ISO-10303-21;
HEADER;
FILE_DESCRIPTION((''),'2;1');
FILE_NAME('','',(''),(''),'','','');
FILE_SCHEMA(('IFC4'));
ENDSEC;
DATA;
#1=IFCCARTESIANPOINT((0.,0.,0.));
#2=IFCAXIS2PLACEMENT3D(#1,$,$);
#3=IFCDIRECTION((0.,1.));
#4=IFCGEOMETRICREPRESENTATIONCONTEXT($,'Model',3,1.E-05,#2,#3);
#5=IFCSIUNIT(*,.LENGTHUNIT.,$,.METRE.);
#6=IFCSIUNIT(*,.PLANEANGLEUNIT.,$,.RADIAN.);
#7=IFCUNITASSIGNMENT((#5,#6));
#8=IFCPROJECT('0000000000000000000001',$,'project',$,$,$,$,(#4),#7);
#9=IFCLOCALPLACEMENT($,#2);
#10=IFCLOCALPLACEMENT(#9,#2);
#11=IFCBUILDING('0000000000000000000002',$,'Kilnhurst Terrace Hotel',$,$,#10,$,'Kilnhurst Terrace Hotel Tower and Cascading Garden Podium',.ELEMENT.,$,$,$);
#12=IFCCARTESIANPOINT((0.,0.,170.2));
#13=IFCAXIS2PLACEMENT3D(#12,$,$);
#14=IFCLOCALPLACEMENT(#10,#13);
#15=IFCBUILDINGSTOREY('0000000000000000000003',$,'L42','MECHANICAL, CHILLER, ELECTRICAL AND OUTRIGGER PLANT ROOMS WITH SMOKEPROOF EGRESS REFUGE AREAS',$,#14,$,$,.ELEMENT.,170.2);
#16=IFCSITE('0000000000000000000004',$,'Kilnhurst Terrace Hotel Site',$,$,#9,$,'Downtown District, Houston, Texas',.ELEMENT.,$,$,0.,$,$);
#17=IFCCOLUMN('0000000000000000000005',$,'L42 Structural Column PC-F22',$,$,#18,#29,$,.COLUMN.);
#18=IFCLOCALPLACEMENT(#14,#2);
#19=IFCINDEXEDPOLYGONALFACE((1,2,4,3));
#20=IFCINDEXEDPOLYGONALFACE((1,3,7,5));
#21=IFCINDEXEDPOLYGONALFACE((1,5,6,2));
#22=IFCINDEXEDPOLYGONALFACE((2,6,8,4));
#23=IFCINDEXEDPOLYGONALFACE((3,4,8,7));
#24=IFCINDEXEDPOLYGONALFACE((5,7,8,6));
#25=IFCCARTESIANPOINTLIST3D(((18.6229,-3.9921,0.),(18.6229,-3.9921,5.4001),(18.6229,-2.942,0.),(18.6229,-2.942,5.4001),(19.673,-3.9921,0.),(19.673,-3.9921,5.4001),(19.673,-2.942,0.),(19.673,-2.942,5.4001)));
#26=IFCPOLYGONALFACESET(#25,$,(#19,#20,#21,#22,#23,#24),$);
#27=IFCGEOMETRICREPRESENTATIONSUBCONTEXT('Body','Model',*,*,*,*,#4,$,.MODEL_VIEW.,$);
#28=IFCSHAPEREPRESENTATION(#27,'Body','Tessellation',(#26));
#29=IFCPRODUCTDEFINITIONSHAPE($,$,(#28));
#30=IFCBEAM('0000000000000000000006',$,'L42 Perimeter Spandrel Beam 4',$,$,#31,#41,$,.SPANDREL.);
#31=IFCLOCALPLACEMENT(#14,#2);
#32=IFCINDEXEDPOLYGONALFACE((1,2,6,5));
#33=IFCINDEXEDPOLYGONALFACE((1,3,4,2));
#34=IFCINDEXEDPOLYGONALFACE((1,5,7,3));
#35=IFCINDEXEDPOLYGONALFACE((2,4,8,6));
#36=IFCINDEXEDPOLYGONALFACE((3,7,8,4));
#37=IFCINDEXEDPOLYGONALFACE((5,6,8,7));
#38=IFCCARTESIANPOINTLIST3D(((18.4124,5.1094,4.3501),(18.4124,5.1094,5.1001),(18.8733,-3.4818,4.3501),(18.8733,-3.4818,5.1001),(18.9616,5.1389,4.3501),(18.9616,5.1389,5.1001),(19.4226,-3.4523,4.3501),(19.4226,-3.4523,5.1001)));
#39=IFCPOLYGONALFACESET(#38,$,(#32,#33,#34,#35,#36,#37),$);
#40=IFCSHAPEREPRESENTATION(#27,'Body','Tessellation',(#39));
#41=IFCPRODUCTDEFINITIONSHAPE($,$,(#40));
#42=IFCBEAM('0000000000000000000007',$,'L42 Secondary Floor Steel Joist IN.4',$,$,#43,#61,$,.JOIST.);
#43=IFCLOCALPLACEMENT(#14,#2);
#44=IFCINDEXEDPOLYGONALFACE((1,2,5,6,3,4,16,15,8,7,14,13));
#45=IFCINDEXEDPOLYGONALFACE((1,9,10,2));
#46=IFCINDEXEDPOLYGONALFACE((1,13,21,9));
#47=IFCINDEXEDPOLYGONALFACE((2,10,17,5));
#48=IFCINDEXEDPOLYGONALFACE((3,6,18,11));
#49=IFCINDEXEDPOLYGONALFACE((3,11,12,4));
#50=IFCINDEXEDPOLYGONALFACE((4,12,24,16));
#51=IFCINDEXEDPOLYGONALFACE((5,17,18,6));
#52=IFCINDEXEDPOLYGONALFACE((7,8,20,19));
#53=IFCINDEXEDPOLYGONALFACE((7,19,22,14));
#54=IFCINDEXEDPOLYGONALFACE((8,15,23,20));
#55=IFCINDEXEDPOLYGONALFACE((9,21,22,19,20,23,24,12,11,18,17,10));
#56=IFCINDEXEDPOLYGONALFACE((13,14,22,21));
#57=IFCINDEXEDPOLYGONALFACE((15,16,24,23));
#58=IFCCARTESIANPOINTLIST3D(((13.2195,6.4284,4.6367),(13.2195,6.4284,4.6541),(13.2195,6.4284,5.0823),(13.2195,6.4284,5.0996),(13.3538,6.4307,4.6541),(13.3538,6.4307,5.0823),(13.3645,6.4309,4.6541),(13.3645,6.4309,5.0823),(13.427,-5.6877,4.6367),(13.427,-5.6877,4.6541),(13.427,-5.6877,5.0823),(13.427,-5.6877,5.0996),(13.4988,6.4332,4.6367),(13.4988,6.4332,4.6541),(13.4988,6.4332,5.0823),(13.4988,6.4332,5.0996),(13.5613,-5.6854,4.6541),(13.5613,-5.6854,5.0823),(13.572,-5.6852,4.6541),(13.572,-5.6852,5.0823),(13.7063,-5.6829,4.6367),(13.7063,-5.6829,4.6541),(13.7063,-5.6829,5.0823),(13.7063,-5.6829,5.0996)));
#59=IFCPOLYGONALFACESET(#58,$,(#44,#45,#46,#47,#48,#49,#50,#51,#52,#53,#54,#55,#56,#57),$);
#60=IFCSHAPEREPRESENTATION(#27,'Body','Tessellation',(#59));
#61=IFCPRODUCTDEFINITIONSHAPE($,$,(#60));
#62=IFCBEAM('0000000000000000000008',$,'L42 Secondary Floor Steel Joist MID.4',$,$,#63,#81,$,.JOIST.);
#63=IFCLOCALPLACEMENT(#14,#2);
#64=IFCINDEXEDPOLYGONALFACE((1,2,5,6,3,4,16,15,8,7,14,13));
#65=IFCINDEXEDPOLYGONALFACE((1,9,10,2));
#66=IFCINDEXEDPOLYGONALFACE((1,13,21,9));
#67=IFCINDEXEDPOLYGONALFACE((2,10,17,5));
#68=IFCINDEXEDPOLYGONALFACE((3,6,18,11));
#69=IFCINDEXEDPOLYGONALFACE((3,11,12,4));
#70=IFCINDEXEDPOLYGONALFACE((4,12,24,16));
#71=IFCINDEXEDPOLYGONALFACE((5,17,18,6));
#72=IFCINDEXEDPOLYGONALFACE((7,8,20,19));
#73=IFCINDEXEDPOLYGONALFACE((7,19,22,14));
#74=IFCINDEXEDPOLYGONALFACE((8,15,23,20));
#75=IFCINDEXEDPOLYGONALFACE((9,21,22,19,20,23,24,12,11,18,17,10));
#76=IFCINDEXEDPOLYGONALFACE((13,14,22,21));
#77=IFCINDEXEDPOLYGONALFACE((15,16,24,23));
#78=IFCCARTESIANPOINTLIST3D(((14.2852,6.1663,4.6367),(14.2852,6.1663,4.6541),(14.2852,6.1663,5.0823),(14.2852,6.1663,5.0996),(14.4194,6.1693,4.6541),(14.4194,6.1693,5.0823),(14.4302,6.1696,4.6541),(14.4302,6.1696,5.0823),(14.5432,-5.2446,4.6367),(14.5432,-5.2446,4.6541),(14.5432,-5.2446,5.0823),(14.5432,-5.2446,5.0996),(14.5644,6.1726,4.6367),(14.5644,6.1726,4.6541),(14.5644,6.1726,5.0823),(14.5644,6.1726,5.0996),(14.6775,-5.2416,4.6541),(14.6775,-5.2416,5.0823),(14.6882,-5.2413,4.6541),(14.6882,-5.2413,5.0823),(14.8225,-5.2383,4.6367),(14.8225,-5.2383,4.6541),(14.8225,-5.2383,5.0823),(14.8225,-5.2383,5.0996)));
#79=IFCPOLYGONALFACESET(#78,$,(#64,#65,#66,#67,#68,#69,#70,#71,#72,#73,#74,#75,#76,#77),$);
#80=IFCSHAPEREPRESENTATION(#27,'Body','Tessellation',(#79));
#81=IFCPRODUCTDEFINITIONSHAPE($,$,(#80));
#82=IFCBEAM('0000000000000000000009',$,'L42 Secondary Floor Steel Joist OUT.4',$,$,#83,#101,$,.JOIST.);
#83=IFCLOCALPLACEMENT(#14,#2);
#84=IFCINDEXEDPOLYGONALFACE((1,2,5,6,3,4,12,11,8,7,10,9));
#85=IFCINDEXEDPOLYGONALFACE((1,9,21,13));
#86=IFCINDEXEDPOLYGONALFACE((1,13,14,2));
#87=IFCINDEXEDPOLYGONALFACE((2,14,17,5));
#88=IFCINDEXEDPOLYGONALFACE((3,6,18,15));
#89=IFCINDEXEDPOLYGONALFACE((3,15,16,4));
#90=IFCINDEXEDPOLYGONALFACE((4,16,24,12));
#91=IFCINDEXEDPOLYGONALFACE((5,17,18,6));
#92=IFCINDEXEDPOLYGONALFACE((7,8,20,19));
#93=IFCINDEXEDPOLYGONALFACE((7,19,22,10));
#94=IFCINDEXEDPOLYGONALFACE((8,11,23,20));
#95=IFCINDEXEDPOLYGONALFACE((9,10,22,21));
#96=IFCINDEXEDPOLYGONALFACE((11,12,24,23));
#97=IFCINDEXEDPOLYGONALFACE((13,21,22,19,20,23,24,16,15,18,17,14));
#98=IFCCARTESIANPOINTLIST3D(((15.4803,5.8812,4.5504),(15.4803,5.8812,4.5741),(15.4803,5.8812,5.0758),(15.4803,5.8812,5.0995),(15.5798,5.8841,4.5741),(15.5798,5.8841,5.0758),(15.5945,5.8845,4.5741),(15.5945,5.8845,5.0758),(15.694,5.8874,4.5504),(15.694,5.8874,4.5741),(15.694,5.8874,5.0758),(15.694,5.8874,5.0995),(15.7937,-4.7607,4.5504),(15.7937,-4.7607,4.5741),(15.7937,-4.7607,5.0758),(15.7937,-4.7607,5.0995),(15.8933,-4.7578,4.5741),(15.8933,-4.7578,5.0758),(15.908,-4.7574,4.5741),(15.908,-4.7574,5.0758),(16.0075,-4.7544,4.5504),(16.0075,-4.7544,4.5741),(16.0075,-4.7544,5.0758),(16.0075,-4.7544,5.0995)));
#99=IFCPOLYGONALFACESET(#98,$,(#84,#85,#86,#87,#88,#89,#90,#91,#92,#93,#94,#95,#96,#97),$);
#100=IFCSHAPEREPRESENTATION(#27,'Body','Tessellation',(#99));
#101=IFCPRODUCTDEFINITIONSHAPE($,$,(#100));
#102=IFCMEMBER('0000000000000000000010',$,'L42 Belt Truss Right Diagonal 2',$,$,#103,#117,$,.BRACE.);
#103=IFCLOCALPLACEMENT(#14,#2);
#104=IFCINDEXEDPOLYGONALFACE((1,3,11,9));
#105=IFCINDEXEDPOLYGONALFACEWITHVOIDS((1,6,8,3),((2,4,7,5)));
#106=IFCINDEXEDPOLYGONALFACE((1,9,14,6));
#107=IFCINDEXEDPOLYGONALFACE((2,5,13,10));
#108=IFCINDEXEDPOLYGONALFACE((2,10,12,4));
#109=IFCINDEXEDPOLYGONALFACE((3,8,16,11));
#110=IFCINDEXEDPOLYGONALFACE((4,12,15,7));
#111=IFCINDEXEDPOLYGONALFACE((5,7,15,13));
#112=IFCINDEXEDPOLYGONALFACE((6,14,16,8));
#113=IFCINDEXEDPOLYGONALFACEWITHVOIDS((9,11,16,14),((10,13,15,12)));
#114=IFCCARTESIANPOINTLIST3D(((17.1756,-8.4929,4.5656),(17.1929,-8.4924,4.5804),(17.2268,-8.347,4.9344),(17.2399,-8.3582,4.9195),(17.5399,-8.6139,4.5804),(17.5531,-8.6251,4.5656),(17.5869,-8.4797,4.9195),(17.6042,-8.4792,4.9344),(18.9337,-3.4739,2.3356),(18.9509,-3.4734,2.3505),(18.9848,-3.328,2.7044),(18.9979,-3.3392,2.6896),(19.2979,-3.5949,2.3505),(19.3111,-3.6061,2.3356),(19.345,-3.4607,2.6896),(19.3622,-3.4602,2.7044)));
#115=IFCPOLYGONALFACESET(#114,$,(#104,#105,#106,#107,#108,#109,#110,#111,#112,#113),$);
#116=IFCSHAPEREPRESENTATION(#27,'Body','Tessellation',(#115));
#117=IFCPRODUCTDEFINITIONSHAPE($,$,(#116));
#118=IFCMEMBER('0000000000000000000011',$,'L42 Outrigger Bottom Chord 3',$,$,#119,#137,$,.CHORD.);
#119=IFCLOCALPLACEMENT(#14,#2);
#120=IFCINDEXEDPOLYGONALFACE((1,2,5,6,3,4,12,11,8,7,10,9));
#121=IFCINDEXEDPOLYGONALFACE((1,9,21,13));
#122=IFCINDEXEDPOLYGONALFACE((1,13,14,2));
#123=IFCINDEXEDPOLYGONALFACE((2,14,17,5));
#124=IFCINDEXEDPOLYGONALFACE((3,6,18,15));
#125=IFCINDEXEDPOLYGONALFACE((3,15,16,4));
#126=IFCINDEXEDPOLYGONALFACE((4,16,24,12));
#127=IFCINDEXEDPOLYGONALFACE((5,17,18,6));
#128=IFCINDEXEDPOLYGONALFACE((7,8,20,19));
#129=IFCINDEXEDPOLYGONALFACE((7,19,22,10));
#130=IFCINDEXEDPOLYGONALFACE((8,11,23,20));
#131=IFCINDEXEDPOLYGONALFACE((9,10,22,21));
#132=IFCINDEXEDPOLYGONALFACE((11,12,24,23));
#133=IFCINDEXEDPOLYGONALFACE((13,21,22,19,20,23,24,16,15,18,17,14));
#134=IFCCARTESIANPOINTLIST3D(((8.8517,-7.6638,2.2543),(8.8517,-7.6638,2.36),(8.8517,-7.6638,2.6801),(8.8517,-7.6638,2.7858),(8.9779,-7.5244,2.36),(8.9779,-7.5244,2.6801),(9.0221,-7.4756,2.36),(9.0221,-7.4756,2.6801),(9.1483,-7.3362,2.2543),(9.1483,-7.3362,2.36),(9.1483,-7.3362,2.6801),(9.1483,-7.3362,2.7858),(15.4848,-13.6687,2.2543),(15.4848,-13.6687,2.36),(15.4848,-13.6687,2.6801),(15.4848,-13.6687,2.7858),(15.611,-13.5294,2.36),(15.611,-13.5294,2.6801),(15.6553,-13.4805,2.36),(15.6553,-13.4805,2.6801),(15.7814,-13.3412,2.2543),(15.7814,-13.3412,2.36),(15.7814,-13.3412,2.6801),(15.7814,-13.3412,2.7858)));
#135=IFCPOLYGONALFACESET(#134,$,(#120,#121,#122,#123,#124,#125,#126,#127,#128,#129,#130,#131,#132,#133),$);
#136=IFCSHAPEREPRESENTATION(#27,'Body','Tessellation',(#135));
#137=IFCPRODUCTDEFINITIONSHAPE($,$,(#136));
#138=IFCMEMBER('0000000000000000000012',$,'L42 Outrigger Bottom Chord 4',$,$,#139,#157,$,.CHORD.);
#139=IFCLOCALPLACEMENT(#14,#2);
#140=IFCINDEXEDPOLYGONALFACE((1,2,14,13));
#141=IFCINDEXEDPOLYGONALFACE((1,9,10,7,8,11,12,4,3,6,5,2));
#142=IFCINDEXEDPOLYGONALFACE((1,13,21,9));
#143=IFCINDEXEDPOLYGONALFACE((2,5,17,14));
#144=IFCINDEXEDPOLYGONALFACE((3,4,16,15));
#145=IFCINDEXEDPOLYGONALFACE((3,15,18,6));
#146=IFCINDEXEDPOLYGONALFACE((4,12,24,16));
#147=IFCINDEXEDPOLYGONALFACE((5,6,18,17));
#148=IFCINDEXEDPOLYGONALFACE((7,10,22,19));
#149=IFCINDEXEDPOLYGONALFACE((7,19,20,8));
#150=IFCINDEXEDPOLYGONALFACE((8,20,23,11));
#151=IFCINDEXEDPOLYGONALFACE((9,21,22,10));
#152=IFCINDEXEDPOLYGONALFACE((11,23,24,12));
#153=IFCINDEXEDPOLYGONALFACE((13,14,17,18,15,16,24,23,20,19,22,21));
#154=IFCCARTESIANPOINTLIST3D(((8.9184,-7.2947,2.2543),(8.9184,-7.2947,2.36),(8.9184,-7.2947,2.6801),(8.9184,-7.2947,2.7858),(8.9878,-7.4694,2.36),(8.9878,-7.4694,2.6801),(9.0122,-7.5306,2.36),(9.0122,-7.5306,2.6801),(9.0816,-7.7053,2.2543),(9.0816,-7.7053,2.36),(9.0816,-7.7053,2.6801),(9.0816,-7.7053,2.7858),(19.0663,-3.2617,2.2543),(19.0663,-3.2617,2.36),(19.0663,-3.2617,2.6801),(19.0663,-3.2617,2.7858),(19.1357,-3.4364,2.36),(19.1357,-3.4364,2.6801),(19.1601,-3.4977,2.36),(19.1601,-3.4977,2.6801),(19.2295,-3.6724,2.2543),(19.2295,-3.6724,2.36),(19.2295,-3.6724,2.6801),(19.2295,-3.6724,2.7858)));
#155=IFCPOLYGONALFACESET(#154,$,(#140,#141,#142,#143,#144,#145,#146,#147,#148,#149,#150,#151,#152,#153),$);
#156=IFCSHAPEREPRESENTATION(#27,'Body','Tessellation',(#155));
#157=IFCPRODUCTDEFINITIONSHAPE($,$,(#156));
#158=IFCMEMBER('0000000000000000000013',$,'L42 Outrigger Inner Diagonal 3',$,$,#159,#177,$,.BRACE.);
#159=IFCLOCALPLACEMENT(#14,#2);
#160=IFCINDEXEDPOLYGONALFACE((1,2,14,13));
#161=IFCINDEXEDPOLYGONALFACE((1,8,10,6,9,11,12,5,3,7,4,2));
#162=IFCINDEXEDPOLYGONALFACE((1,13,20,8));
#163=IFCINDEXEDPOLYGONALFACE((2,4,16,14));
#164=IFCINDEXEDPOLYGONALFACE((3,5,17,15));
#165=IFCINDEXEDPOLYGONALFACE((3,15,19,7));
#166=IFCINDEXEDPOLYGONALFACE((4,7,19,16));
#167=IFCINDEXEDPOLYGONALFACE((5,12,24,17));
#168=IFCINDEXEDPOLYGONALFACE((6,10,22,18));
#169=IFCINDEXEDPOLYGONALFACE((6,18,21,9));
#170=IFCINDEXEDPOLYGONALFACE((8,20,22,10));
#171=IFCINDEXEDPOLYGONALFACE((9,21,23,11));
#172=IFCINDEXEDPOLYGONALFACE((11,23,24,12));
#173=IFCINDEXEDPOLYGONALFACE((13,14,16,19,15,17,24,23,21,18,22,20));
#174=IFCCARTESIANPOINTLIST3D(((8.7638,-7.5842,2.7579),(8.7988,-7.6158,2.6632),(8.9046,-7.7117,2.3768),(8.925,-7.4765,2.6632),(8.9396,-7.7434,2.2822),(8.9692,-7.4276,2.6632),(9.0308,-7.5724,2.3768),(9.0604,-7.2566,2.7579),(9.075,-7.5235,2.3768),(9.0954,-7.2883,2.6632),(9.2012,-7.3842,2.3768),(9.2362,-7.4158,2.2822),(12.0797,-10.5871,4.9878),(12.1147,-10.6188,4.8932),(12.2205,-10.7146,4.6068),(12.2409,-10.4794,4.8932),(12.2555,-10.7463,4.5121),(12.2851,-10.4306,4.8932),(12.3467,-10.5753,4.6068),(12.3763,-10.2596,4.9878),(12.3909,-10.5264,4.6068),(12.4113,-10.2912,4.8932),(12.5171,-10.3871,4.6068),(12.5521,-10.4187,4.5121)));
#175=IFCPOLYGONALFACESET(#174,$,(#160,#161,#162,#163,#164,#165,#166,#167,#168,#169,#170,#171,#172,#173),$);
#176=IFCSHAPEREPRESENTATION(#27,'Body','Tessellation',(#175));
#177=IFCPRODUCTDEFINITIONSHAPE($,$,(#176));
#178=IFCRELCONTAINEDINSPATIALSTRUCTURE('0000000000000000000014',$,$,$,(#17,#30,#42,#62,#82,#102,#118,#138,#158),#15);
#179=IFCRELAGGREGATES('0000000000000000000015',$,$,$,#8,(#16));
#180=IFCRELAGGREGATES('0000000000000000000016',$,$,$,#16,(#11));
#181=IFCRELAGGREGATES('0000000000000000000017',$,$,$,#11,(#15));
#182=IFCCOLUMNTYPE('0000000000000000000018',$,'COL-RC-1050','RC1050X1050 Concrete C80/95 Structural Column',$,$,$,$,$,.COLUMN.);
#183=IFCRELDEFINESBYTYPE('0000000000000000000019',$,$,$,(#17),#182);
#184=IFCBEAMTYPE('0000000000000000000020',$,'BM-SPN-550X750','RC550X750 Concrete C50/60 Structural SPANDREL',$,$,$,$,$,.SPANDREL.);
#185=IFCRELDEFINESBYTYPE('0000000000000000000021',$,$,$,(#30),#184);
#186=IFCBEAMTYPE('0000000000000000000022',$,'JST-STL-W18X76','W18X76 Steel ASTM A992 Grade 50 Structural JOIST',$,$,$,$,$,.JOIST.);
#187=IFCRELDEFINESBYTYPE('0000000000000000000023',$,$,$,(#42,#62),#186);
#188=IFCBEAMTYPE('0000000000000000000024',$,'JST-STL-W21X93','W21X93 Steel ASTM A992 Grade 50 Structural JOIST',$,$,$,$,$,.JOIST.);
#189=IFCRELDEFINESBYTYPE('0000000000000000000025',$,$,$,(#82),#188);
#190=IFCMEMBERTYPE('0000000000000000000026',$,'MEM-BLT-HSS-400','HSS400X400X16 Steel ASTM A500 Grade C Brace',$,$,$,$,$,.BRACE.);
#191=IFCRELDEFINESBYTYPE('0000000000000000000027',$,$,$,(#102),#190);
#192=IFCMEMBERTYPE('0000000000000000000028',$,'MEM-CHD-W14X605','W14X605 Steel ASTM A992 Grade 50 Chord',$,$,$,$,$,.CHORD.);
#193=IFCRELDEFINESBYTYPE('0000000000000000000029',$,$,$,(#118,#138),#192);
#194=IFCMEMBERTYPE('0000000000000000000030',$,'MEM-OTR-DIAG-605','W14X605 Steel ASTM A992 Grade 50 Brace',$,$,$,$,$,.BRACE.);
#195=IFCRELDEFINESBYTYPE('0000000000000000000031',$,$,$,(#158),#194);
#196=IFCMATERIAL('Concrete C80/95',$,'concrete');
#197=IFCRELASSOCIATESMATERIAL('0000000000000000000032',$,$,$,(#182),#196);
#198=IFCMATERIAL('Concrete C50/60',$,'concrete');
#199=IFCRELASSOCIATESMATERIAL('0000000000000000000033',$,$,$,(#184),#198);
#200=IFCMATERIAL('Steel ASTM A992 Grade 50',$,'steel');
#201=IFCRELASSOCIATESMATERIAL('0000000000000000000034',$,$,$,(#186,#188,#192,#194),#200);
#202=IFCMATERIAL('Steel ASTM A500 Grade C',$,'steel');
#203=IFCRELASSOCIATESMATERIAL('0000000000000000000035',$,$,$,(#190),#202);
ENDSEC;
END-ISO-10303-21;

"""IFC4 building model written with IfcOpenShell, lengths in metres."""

from ifc_helpers import new_model, si_unit, direction, frame, origin, origin_2d, place, context, subcontext, project, spatial, rectangle, hollow_rectangle, i_section, extrude, material, material_profile, profile_set, type_object, element, save


model = new_model("IFC4")

# Units and contexts
model_context = context("Model", 3, precision=1e-05, world=origin(), true_north=direction((0.0, 1.0)))
body_context = subcontext(model_context, "Body", "Model", "MODEL_VIEW")
ifc_project = project(units=[si_unit("LENGTHUNIT", "METRE"), si_unit("PLANEANGLEUNIT", "RADIAN")], contexts=[model_context])

# Site, building, storey
site_placement = place(None, origin())
site = spatial("IfcSite", under=ifc_project, at=site_placement, Name="Kilnhurst Terrace Hotel Site", LongName="Downtown District, Houston, Texas", CompositionType="ELEMENT", RefElevation=0.0)
building_placement = place(site_placement, origin())
building = spatial("IfcBuilding", under=site, at=building_placement, Name="Kilnhurst Terrace Hotel", LongName="Kilnhurst Terrace Hotel Tower and Cascading Garden Podium", CompositionType="ELEMENT")
storey_placement = place(building_placement, frame((0.0, 0.0, 170.2)))
storey = spatial("IfcBuildingStorey", under=building, at=storey_placement, Name="L42", Description="MECHANICAL, CHILLER, ELECTRICAL AND OUTRIGGER PLANT ROOMS WITH SMOKEPROOF EGRESS REFUGE AREAS", CompositionType="ELEMENT", Elevation=170.2)

# Column
ifc_material_1 = material(Name="Concrete C80/95", Category="concrete")
ifc_material_profile_1 = material_profile(ifc_material_1, rectangle(XDim=1.05, YDim=1.05, at=origin_2d()), Name="RC1050X1050")
ifc_profile_set_1 = profile_set([ifc_material_profile_1], Name="Concrete C80/95")
column_type = type_object("IfcColumnType", Name="COL-RC-1050", Description="RC1050X1050 Concrete C80/95 Structural Column", PredefinedType="COLUMN", material=ifc_profile_set_1)
column_placement = place(storey_placement, frame((19.1479, -3.467, 0.0), z_axis=(0.0, 0.0, 1.0), x_axis=(1.0, 0.0, 0.0)))
element("IfcColumn", 1, at=column_placement, inside=storey, type_object=column_type, Name="L42 Structural Column PC-F22", PredefinedType="COLUMN", context=body_context, shape_type="SweptSolid", body=[
    extrude(rectangle(XDim=1.05, YDim=1.05, at=origin_2d()), origin(), (0.0, 0.0, 1.0), 5.4001),
])

# Beams
ifc_material_2 = material(Name="Concrete C50/60", Category="concrete")
ifc_material_profile_2 = material_profile(ifc_material_2, rectangle(XDim=0.55, YDim=0.75, at=origin_2d()), Name="RC550X750")
ifc_profile_set_2 = profile_set([ifc_material_profile_2], Name="Concrete C50/60")
beam_type_1 = type_object("IfcBeamType", Name="BM-SPN-550X750", Description="RC550X750 Concrete C50/60 Structural SPANDREL", PredefinedType="SPANDREL", material=ifc_profile_set_2)
beam_1_placement = place(storey_placement, frame((19.1479, -3.467, 4.7251), z_axis=(-0.053576, 0.998564, 0.0), x_axis=(-0.998564, -0.053576, 0.0)))
element("IfcBeam", 2, at=beam_1_placement, inside=storey, type_object=beam_type_1, Name="L42 Perimeter Spandrel Beam 4", PredefinedType="SPANDREL", context=body_context, shape_type="SweptSolid", body=[
    extrude(rectangle(XDim=0.55, YDim=0.75, at=origin_2d()), origin(), (0.0, 0.0, 1.0), 8.6035),
])
ifc_material_3 = material(Name="Steel ASTM A992 Grade 50", Category="steel")
ifc_material_profile_3 = material_profile(ifc_material_3, i_section(OverallWidth=0.2793, OverallDepth=0.4629, WebThickness=0.0107, FlangeThickness=0.0173, at=origin_2d()), Name="W18X76")
ifc_profile_set_3 = profile_set([ifc_material_profile_3], Name="Steel ASTM A992 Grade 50")
beam_type_2 = type_object("IfcBeamType", Name="JST-STL-W18X76", Description="W18X76 Steel ASTM A992 Grade 50 Structural JOIST", PredefinedType="JOIST", material=ifc_profile_set_3)
beam_2_placement = place(storey_placement, frame((13.5667, -5.6853, 4.8682), z_axis=(-0.017125, 0.999853, 0.0), x_axis=(-0.999853, -0.017125, 0.0)))
element("IfcBeam", 3, at=beam_2_placement, inside=storey, type_object=beam_type_2, Name="L42 Secondary Floor Steel Joist IN.4", PredefinedType="JOIST", context=body_context, shape_type="SweptSolid", body=[
    extrude(i_section(OverallWidth=0.2793, OverallDepth=0.4629, WebThickness=0.0107, FlangeThickness=0.0173, at=origin_2d()), origin(), (0.0, 0.0, 1.0), 12.1179),
])
beam_3_placement = place(storey_placement, frame((14.6829, -5.2415, 4.8682), z_axis=(-0.022609, 0.999744, 0.0), x_axis=(-0.999744, -0.022609, 0.0)))
element("IfcBeam", 4, at=beam_3_placement, inside=storey, type_object=beam_type_2, Name="L42 Secondary Floor Steel Joist MID.4", PredefinedType="JOIST", context=body_context, shape_type="SweptSolid", body=[
    extrude(i_section(OverallWidth=0.2793, OverallDepth=0.4629, WebThickness=0.0107, FlangeThickness=0.0173, at=origin_2d()), origin(), (0.0, 0.0, 1.0), 11.4138),
])
ifc_material_profile_4 = material_profile(ifc_material_3, i_section(OverallWidth=0.2139, OverallDepth=0.5491, WebThickness=0.0146, FlangeThickness=0.0237, at=origin_2d()), Name="W21X93")
ifc_profile_set_4 = profile_set([ifc_material_profile_4], Name="Steel ASTM A992 Grade 50")
beam_type_3 = type_object("IfcBeamType", Name="JST-STL-W21X93", Description="W21X93 Steel ASTM A992 Grade 50 Structural JOIST", PredefinedType="JOIST", material=ifc_profile_set_4)
beam_4_placement = place(storey_placement, frame((15.9006, -4.7576, 4.825), z_axis=(-0.029444, 0.999566, 0.0), x_axis=(-0.999566, -0.029444, 0.0)))
element("IfcBeam", 5, at=beam_4_placement, inside=storey, type_object=beam_type_3, Name="L42 Secondary Floor Steel Joist OUT.4", PredefinedType="JOIST", context=body_context, shape_type="SweptSolid", body=[
    extrude(i_section(OverallWidth=0.2139, OverallDepth=0.5491, WebThickness=0.0146, FlangeThickness=0.0237, at=origin_2d()), origin(), (0.0, 0.0, 1.0), 10.6465),
])

# Members
ifc_material_4 = material(Name="Steel ASTM A500 Grade C", Category="steel")
ifc_material_profile_5 = material_profile(ifc_material_4, hollow_rectangle(XDim=0.3999, YDim=0.3999, WallThickness=0.0161, at=origin_2d()), Name="HSS400X400X16")
ifc_profile_set_5 = profile_set([ifc_material_profile_5], Name="Steel ASTM A500 Grade C")
member_type_1 = type_object("IfcMemberType", Name="MEM-BLT-HSS-400", Description="HSS400X400X16 Steel ASTM A500 Grade C Brace", PredefinedType="BRACE", material=ifc_profile_set_5)
member_1_placement = place(storey_placement, frame((19.1479, -3.467, 2.52), z_axis=(-0.304866, -0.870355, 0.386702), x_axis=(0.943777, -0.330584, 0.0)))
element("IfcMember", 6, at=member_1_placement, inside=storey, type_object=member_type_1, Name="L42 Belt Truss Right Diagonal 2", PredefinedType="BRACE", context=body_context, shape_type="SweptSolid", body=[
    extrude(hollow_rectangle(XDim=0.3999, YDim=0.3999, WallThickness=0.0161, at=origin_2d()), origin(), (0.0, 0.0, 1.0), 5.7666),
])
ifc_material_profile_6 = material_profile(ifc_material_3, i_section(OverallWidth=0.4419, OverallDepth=0.5315, WebThickness=0.0659, FlangeThickness=0.1057, at=origin_2d()), Name="W14X605")
ifc_profile_set_6 = profile_set([ifc_material_profile_6], Name="Steel ASTM A992 Grade 50")
member_type_2 = type_object("IfcMemberType", Name="MEM-CHD-W14X605", Description="W14X605 Steel ASTM A992 Grade 50 Chord", PredefinedType="CHORD", material=ifc_profile_set_6)
member_2_placement = place(storey_placement, frame((9.0, -7.5, 2.52), z_axis=(0.741339, -0.671131, 0.0), x_axis=(0.671131, 0.741339, 0.0)))
element("IfcMember", 7, at=member_2_placement, inside=storey, type_object=member_type_2, Name="L42 Outrigger Bottom Chord 3", PredefinedType="CHORD", context=body_context, shape_type="SweptSolid", body=[
    extrude(i_section(OverallWidth=0.4419, OverallDepth=0.5315, WebThickness=0.0659, FlangeThickness=0.1057, at=origin_2d()), origin(), (0.0, 0.0, 1.0), 8.9475),
])
member_3_placement = place(storey_placement, frame((9.0, -7.5, 2.52), z_axis=(0.929302, 0.36932, 0.0), x_axis=(-0.36932, 0.929302, 0.0)))
element("IfcMember", 8, at=member_3_placement, inside=storey, type_object=member_type_2, Name="L42 Outrigger Bottom Chord 4", PredefinedType="CHORD", context=body_context, shape_type="SweptSolid", body=[
    extrude(i_section(OverallWidth=0.4419, OverallDepth=0.5315, WebThickness=0.0659, FlangeThickness=0.1057, at=origin_2d()), origin(), (0.0, 0.0, 1.0), 10.9199),
])
ifc_material_profile_7 = material_profile(ifc_material_3, i_section(OverallWidth=0.4419, OverallDepth=0.5315, WebThickness=0.0659, FlangeThickness=0.1057, at=origin_2d()), Name="W14X605")
ifc_profile_set_7 = profile_set([ifc_material_profile_7], Name="Steel ASTM A992 Grade 50")
member_type_3 = type_object("IfcMemberType", Name="MEM-OTR-DIAG-605", Description="W14X605 Steel ASTM A992 Grade 50 Brace", PredefinedType="BRACE", material=ifc_profile_set_7)
member_4_placement = place(storey_placement, frame((9.0, -7.5, 2.52), z_axis=(0.663373, -0.600758, 0.446124), x_axis=(0.671259, 0.741223, 0.0)))
element("IfcMember", 9, at=member_4_placement, inside=storey, type_object=member_type_3, Name="L42 Outrigger Inner Diagonal 3", PredefinedType="BRACE", context=body_context, shape_type="SweptSolid", body=[
    extrude(i_section(OverallWidth=0.4419, OverallDepth=0.5315, WebThickness=0.0659, FlangeThickness=0.1057, at=origin_2d()), origin(), (0.0, 0.0, 1.0), 4.9985),
])

save(model, "model.ifc")
